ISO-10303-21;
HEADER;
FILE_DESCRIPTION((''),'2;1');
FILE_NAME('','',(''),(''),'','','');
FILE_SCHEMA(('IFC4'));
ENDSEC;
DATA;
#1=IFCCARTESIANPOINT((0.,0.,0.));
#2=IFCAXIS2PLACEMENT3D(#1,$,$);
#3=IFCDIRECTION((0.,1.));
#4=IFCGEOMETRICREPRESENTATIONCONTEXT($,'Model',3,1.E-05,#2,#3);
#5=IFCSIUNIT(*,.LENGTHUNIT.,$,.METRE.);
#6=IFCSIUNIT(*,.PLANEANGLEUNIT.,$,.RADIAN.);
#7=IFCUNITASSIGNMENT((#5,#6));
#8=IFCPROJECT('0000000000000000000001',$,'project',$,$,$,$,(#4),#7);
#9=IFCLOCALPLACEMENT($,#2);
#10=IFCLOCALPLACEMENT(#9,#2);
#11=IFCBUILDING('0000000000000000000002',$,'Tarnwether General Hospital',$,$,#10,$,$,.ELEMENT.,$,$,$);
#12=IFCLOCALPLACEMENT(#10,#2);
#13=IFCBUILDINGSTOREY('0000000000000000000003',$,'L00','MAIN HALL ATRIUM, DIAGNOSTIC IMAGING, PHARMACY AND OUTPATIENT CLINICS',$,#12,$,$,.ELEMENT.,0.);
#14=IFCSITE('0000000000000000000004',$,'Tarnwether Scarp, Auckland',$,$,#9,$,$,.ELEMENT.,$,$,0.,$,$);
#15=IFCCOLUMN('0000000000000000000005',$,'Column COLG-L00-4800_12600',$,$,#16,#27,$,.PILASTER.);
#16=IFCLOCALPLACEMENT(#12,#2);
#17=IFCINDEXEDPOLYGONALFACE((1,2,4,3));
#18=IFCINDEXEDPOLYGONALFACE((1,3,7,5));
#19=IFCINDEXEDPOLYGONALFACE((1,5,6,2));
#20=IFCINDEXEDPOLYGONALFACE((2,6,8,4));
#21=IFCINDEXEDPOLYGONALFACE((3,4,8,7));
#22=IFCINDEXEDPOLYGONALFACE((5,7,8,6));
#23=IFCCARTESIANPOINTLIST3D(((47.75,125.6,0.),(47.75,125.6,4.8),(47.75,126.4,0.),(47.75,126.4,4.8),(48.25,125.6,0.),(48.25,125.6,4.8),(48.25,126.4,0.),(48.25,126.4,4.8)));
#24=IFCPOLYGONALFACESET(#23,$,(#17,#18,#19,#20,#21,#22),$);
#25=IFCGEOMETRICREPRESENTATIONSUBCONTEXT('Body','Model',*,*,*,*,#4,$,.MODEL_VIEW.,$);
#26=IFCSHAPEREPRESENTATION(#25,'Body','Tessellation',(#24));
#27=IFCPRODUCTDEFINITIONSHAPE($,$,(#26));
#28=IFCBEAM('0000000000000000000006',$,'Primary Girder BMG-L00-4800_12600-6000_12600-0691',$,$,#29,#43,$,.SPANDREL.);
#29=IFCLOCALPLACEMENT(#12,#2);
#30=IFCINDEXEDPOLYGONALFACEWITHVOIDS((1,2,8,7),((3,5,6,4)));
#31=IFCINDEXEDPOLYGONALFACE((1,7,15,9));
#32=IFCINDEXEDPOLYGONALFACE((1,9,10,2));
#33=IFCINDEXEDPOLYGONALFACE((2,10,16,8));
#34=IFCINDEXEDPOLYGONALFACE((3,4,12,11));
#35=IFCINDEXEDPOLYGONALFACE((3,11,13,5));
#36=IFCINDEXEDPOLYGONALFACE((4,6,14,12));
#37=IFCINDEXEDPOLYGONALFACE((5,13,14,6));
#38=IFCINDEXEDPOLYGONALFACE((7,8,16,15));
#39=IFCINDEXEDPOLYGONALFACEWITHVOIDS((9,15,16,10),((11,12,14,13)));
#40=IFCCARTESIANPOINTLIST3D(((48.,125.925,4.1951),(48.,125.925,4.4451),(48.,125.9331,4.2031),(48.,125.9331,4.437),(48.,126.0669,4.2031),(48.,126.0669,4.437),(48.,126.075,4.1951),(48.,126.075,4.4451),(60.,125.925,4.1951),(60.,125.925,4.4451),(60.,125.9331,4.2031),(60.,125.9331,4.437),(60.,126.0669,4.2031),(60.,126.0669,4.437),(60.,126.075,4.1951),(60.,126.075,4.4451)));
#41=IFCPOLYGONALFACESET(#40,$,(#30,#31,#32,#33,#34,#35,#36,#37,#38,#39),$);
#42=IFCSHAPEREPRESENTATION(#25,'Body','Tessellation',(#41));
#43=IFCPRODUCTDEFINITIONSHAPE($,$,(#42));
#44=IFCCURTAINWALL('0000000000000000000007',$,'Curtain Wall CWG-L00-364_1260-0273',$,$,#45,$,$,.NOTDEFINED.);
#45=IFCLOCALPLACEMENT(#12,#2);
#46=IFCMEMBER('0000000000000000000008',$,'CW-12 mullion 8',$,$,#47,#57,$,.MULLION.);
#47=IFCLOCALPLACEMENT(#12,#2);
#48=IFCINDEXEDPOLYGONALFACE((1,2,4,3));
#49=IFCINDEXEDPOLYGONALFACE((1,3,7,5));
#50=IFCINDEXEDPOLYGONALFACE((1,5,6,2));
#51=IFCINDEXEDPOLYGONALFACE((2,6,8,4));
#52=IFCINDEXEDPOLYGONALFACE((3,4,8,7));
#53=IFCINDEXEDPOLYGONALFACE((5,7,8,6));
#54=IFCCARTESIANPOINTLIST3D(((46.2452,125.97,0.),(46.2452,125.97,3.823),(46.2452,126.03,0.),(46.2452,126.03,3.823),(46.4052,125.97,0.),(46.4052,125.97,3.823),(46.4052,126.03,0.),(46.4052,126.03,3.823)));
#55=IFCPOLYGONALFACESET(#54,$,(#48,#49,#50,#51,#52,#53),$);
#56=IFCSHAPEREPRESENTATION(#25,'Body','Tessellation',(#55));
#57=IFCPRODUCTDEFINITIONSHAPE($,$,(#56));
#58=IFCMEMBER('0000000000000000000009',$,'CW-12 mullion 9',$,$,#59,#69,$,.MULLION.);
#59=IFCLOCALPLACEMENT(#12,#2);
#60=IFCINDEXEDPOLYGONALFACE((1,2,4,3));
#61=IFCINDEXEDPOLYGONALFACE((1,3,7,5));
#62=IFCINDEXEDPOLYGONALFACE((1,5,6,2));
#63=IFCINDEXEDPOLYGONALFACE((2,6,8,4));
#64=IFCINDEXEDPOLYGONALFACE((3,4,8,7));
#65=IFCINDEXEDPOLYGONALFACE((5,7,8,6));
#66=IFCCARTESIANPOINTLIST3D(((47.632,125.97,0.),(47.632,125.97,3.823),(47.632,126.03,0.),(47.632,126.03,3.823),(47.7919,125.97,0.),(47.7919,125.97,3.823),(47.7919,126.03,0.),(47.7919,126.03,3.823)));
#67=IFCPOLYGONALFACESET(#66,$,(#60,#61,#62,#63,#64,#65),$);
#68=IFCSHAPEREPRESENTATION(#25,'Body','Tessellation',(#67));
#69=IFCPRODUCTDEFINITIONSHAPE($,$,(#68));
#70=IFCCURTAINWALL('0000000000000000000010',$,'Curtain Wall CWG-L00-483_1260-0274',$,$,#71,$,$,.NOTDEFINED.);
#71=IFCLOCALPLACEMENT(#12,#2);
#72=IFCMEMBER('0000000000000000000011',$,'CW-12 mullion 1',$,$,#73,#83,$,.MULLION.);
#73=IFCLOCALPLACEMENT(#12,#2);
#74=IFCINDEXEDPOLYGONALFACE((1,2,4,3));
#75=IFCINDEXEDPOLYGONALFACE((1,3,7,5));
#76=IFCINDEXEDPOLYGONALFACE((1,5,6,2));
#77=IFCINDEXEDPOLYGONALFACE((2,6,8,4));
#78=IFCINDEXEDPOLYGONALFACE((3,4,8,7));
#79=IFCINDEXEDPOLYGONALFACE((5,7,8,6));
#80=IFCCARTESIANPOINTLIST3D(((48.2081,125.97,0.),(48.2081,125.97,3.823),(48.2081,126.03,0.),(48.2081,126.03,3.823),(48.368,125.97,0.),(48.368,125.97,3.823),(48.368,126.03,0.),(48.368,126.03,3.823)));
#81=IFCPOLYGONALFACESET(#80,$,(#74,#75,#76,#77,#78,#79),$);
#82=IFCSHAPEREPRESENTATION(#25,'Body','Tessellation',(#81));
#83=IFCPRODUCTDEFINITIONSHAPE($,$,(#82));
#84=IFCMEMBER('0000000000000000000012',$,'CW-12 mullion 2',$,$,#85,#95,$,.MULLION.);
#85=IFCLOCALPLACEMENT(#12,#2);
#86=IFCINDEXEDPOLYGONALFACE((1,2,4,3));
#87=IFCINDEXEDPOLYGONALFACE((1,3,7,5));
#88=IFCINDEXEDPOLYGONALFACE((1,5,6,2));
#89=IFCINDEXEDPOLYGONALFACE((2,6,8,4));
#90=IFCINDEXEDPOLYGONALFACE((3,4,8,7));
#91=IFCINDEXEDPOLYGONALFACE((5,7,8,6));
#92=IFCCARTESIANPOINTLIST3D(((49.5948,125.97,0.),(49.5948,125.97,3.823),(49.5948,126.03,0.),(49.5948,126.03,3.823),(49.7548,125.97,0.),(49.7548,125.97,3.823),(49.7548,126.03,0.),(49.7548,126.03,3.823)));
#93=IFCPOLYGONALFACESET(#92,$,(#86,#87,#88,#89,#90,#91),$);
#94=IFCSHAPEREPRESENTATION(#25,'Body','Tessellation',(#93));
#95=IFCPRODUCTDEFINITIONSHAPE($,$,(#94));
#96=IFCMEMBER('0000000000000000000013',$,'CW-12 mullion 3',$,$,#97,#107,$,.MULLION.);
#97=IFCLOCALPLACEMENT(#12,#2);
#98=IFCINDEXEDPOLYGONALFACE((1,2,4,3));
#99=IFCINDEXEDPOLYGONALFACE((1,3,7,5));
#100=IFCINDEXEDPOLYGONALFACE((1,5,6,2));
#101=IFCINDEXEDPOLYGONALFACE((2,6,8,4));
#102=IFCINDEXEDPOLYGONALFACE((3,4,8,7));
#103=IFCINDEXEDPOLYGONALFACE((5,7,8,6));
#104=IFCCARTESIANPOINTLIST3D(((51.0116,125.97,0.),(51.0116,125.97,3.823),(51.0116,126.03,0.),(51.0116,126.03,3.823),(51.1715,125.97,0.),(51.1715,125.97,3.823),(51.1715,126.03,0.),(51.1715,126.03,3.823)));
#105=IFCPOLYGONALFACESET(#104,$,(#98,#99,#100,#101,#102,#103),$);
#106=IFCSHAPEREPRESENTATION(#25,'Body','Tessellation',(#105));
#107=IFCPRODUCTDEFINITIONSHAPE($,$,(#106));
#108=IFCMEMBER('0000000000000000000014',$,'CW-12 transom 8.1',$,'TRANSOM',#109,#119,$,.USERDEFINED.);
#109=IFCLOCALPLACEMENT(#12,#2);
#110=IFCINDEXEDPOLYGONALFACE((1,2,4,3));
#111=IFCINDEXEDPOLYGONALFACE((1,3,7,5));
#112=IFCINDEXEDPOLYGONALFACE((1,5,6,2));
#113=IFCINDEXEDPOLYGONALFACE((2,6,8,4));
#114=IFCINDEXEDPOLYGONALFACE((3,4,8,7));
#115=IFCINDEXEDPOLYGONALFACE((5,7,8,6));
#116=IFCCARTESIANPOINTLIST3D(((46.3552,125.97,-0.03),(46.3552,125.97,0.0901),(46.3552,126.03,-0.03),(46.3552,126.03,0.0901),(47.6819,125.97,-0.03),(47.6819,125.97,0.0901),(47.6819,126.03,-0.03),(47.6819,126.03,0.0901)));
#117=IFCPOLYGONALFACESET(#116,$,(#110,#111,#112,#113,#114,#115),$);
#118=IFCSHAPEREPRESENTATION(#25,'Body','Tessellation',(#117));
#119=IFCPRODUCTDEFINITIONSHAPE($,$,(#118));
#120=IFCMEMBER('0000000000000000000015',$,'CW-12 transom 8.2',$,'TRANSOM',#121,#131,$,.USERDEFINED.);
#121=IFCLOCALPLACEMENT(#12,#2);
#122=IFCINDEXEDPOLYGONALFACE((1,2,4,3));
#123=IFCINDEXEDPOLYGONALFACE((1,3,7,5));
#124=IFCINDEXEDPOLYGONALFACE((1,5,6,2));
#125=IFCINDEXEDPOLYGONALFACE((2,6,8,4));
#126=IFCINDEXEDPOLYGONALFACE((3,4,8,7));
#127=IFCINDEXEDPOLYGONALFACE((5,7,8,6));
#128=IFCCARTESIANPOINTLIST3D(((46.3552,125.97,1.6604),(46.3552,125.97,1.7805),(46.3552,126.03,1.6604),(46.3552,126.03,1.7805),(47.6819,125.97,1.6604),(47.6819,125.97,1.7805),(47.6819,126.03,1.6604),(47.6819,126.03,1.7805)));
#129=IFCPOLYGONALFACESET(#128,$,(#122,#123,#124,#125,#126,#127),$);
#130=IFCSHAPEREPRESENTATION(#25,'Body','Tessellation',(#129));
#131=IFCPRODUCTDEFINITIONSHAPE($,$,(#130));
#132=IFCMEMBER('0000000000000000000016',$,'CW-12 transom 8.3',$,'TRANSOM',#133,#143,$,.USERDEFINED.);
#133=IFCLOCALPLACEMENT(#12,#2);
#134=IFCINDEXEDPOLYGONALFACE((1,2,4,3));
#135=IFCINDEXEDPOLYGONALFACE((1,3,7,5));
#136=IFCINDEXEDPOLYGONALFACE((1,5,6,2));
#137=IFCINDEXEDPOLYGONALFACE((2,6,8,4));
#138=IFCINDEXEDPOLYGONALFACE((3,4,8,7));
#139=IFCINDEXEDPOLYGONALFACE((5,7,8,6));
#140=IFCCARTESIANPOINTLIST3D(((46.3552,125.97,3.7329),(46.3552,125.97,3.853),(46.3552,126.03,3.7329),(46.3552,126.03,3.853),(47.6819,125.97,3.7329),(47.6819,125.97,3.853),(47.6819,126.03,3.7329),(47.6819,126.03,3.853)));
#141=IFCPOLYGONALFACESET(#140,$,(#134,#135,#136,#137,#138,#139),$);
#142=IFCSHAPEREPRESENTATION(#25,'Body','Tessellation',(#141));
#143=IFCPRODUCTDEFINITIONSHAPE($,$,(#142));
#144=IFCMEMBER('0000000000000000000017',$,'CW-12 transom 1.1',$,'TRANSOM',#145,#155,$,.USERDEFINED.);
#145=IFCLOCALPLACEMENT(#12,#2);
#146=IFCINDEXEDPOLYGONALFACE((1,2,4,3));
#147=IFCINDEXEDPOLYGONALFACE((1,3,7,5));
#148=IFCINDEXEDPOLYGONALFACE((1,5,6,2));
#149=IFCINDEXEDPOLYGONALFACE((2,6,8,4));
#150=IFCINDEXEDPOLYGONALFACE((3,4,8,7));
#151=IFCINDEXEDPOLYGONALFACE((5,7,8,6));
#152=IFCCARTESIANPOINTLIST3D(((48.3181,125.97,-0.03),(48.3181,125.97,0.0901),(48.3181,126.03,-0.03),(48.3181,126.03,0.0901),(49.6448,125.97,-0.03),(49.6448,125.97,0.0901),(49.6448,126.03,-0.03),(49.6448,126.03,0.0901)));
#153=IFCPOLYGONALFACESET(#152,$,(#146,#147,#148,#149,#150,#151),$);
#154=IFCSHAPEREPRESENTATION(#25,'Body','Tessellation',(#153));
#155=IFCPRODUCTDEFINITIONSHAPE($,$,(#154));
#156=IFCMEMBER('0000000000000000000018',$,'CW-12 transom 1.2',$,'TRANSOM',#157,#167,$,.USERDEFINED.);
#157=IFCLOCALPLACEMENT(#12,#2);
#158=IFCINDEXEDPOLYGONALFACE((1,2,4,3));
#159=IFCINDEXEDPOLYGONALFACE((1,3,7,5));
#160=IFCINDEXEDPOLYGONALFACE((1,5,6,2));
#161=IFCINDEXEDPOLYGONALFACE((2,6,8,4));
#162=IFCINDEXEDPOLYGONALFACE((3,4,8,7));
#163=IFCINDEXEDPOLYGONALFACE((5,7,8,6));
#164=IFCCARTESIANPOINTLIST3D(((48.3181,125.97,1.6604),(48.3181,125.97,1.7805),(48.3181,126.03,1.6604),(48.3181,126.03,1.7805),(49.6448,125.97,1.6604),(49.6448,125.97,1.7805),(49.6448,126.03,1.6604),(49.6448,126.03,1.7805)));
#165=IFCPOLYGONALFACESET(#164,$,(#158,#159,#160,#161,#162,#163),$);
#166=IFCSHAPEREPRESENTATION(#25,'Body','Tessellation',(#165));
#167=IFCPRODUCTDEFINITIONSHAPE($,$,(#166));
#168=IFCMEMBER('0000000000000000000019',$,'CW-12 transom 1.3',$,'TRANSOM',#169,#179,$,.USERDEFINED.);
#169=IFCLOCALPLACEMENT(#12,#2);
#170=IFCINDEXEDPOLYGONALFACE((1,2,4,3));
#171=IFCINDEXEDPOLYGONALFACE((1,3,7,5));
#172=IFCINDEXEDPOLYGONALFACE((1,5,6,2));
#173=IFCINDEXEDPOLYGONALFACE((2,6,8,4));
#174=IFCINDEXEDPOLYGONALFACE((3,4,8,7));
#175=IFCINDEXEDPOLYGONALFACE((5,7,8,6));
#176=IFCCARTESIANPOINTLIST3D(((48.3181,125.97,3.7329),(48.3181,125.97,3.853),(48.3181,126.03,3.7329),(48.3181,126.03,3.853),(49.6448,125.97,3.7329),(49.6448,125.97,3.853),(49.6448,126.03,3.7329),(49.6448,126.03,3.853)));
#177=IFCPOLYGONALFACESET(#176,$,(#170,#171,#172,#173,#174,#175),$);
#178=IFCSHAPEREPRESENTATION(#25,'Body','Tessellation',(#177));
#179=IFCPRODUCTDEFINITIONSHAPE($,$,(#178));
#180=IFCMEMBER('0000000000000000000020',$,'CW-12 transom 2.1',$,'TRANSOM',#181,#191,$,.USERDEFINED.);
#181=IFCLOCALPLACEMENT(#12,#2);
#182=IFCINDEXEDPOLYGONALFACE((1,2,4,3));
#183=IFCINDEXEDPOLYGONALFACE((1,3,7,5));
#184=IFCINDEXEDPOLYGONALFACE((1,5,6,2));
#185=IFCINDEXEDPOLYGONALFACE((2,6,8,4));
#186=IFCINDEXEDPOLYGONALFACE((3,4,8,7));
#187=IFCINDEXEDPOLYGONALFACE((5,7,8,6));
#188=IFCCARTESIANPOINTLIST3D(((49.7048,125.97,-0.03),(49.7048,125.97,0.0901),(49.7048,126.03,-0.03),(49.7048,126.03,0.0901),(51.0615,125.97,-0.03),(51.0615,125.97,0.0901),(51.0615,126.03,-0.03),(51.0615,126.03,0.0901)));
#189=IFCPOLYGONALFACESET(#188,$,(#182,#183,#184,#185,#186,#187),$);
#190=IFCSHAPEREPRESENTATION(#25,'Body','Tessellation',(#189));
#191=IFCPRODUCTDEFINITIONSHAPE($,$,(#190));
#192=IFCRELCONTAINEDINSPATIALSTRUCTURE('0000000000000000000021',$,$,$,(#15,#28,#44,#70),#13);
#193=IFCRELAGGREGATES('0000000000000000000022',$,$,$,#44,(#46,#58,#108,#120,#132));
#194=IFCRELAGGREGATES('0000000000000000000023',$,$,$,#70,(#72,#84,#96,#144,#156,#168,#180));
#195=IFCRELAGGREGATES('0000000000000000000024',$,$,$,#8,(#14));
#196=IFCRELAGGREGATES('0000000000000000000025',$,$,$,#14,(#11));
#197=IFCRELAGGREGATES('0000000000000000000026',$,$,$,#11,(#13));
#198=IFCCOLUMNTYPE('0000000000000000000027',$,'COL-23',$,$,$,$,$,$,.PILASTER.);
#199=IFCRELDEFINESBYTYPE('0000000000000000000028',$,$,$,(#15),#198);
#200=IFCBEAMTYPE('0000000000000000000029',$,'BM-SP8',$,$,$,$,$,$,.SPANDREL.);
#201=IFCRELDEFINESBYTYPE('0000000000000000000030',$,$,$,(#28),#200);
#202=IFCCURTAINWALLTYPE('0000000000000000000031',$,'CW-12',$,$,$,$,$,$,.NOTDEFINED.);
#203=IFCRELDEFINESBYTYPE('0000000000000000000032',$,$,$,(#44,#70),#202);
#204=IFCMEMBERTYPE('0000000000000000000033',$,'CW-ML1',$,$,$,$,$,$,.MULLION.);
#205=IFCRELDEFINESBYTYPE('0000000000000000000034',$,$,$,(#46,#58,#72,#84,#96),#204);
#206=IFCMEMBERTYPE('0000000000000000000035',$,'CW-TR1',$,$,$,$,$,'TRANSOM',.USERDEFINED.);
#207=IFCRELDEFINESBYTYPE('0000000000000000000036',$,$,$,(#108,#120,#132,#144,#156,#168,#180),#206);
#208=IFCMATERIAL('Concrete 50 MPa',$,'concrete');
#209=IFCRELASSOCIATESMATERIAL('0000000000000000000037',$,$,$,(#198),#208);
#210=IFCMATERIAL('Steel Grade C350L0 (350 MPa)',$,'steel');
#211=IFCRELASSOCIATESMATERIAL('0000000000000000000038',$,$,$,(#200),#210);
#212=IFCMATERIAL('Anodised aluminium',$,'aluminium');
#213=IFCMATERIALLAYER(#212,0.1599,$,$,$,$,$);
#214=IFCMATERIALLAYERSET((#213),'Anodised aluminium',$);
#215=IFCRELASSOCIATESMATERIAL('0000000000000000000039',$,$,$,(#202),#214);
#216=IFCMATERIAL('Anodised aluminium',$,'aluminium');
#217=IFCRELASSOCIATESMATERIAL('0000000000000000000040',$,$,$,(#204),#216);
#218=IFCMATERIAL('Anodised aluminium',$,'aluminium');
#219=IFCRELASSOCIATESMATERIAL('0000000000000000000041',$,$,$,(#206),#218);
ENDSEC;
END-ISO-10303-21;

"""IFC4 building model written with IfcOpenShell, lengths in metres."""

from ifc_helpers import new_model, si_unit, direction, frame, origin, origin_2d, place, context, subcontext, project, spatial, rectangle, hollow_rectangle, extrude, material, layer, layer_set, material_profile, profile_set, type_object, element, aggregate, save


model = new_model("IFC4")

# Units and contexts
model_context = context("Model", 3, precision=1e-05, world=origin(), true_north=direction((0.0, 1.0)))
body_context = subcontext(model_context, "Body", "Model", "MODEL_VIEW")
ifc_project = project(units=[si_unit("LENGTHUNIT", "METRE"), si_unit("PLANEANGLEUNIT", "RADIAN")], contexts=[model_context])

# Site, building, storey
site_placement = place(None, origin())
site = spatial("IfcSite", under=ifc_project, at=site_placement, Name="Tarnwether Scarp, Auckland", CompositionType="ELEMENT", RefElevation=0.0)
building_placement = place(site_placement, origin())
building = spatial("IfcBuilding", under=site, at=building_placement, Name="Tarnwether General Hospital", CompositionType="ELEMENT")
storey_placement = place(building_placement, origin())
storey = spatial("IfcBuildingStorey", under=building, at=storey_placement, Name="L00", Description="MAIN HALL ATRIUM, DIAGNOSTIC IMAGING, PHARMACY AND OUTPATIENT CLINICS", CompositionType="ELEMENT", Elevation=0.0)

# Column
ifc_material_1 = material(Name="Concrete 50 MPa", Category="concrete")
ifc_material_profile_1 = material_profile(ifc_material_1, rectangle(XDim=0.5, YDim=0.8, at=origin_2d()), Name="RC-PIL-500x800")
ifc_profile_set_1 = profile_set([ifc_material_profile_1], Name="Concrete 50 MPa")
column_type = type_object("IfcColumnType", Name="COL-23", PredefinedType="PILASTER", material=ifc_profile_set_1)
column_placement = place(storey_placement, frame((48.0, 126.0, 0.0), z_axis=(0.0, 0.0, 1.0), x_axis=(1.0, 0.0, 0.0)))
element("IfcColumn", 1, at=column_placement, inside=storey, type_object=column_type, Name="Column COLG-L00-4800_12600", PredefinedType="PILASTER", context=body_context, shape_type="SweptSolid", body=[
    extrude(rectangle(XDim=0.5, YDim=0.8, at=origin_2d()), origin(), (0.0, 0.0, 1.0), 4.8),
])

# Beam
ifc_material_2 = material(Name="Steel Grade C350L0 (350 MPa)", Category="steel")
ifc_material_profile_2 = material_profile(ifc_material_2, hollow_rectangle(XDim=0.1499, YDim=0.25, WallThickness=0.0081, at=origin_2d()), Name="RHS250x150x8")
ifc_profile_set_2 = profile_set([ifc_material_profile_2], Name="Steel Grade C350L0 (350 MPa)")
beam_type = type_object("IfcBeamType", Name="BM-SP8", PredefinedType="SPANDREL", material=ifc_profile_set_2)
beam_placement = place(storey_placement, frame((48.0, 126.0, 4.3201), z_axis=(1.0, 0.0, 0.0), x_axis=(0.0, 1.0, 0.0)))
element("IfcBeam", 2, at=beam_placement, inside=storey, type_object=beam_type, Name="Primary Girder BMG-L00-4800_12600-6000_12600-0691", PredefinedType="SPANDREL", context=body_context, shape_type="SweptSolid", body=[
    extrude(hollow_rectangle(XDim=0.1499, YDim=0.25, WallThickness=0.0081, at=origin_2d()), origin(), (0.0, 0.0, 1.0), 12.0),
])

# Curtain walls, members
ifc_material_3 = material(Name="Anodised aluminium", Category="aluminium")
ifc_layer_1 = layer(ifc_material_3, 0.1599)
ifc_layer_set_1 = layer_set([ifc_layer_1], Name="Anodised aluminium")
curtain_wall_type = type_object("IfcCurtainWallType", Name="CW-12", PredefinedType="NOTDEFINED", material=ifc_layer_set_1)
curtain_wall_1_placement = place(storey_placement, origin())
curtain_wall_1 = element("IfcCurtainWall", 3, at=curtain_wall_1_placement, inside=storey, type_object=curtain_wall_type, Name="Curtain Wall CWG-L00-364_1260-0273", PredefinedType="NOTDEFINED")
ifc_material_4 = material(Name="Anodised aluminium", Category="aluminium")
ifc_material_profile_3 = material_profile(ifc_material_4, rectangle(XDim=0.0601, YDim=0.1599, at=origin_2d()), Name="ALU-MUL-60x160")
ifc_profile_set_3 = profile_set([ifc_material_profile_3], Name="Anodised aluminium")
member_type_1 = type_object("IfcMemberType", Name="CW-ML1", PredefinedType="MULLION", material=ifc_profile_set_3)
member_1_placement = place(storey_placement, frame((46.3252, 126.0, 0.0), z_axis=(0.0, 0.0, 1.0), x_axis=(0.0, 1.0, 0.0)))
member_1 = element("IfcMember", 4, at=member_1_placement, type_object=member_type_1, Name="CW-12 mullion 8", PredefinedType="MULLION", context=body_context, shape_type="SweptSolid", body=[
    extrude(rectangle(XDim=0.0601, YDim=0.1599, at=origin_2d()), origin(), (0.0, 0.0, 1.0), 3.823),
])
member_2_placement = place(storey_placement, frame((47.7119, 126.0, 0.0), z_axis=(0.0, 0.0, 1.0), x_axis=(0.0, 1.0, 0.0)))
member_2 = element("IfcMember", 5, at=member_2_placement, type_object=member_type_1, Name="CW-12 mullion 9", PredefinedType="MULLION", context=body_context, shape_type="SweptSolid", body=[
    extrude(rectangle(XDim=0.0601, YDim=0.1599, at=origin_2d()), origin(), (0.0, 0.0, 1.0), 3.823),
])
curtain_wall_2_placement = place(storey_placement, origin())
curtain_wall_2 = element("IfcCurtainWall", 6, at=curtain_wall_2_placement, inside=storey, type_object=curtain_wall_type, Name="Curtain Wall CWG-L00-483_1260-0274", PredefinedType="NOTDEFINED")
member_3_placement = place(storey_placement, frame((48.2881, 126.0, 0.0), z_axis=(0.0, 0.0, 1.0), x_axis=(0.0, 1.0, 0.0)))
member_3 = element("IfcMember", 7, at=member_3_placement, type_object=member_type_1, Name="CW-12 mullion 1", PredefinedType="MULLION", context=body_context, shape_type="SweptSolid", body=[
    extrude(rectangle(XDim=0.0601, YDim=0.1599, at=origin_2d()), origin(), (0.0, 0.0, 1.0), 3.823),
])
member_4_placement = place(storey_placement, frame((49.6748, 126.0, 0.0), z_axis=(0.0, 0.0, 1.0), x_axis=(0.0, 1.0, 0.0)))
member_4 = element("IfcMember", 8, at=member_4_placement, type_object=member_type_1, Name="CW-12 mullion 2", PredefinedType="MULLION", context=body_context, shape_type="SweptSolid", body=[
    extrude(rectangle(XDim=0.0601, YDim=0.1599, at=origin_2d()), origin(), (0.0, 0.0, 1.0), 3.823),
])
member_5_placement = place(storey_placement, frame((51.0916, 126.0, 0.0), z_axis=(0.0, 0.0, 1.0), x_axis=(0.0, 1.0, 0.0)))
member_5 = element("IfcMember", 9, at=member_5_placement, type_object=member_type_1, Name="CW-12 mullion 3", PredefinedType="MULLION", context=body_context, shape_type="SweptSolid", body=[
    extrude(rectangle(XDim=0.0601, YDim=0.1599, at=origin_2d()), origin(), (0.0, 0.0, 1.0), 3.823),
])

# Members
ifc_material_5 = material(Name="Anodised aluminium", Category="aluminium")
ifc_material_profile_4 = material_profile(ifc_material_5, rectangle(XDim=0.0601, YDim=0.1201, at=origin_2d()), Name="ALU-TRN-60x120")
ifc_profile_set_4 = profile_set([ifc_material_profile_4], Name="Anodised aluminium")
member_type_2 = type_object("IfcMemberType", Name="CW-TR1", ElementType="TRANSOM", PredefinedType="USERDEFINED", material=ifc_profile_set_4)
member_6_placement = place(storey_placement, frame((46.3552, 126.0, 0.03), z_axis=(1.0, 0.0, 0.0), x_axis=(0.0, 1.0, 0.0)))
member_6 = element("IfcMember", 10, at=member_6_placement, type_object=member_type_2, Name="CW-12 transom 8.1", ObjectType="TRANSOM", PredefinedType="USERDEFINED", context=body_context, shape_type="SweptSolid", body=[
    extrude(rectangle(XDim=0.0601, YDim=0.1201, at=origin_2d()), origin(), (0.0, 0.0, 1.0), 1.3267),
])
member_7_placement = place(storey_placement, frame((46.3552, 126.0, 1.7205), z_axis=(1.0, 0.0, 0.0), x_axis=(0.0, 1.0, 0.0)))
member_7 = element("IfcMember", 11, at=member_7_placement, type_object=member_type_2, Name="CW-12 transom 8.2", ObjectType="TRANSOM", PredefinedType="USERDEFINED", context=body_context, shape_type="SweptSolid", body=[
    extrude(rectangle(XDim=0.0601, YDim=0.1201, at=origin_2d()), origin(), (0.0, 0.0, 1.0), 1.3267),
])
member_8_placement = place(storey_placement, frame((46.3552, 126.0, 3.793), z_axis=(1.0, 0.0, 0.0), x_axis=(0.0, 1.0, 0.0)))
member_8 = element("IfcMember", 12, at=member_8_placement, type_object=member_type_2, Name="CW-12 transom 8.3", ObjectType="TRANSOM", PredefinedType="USERDEFINED", context=body_context, shape_type="SweptSolid", body=[
    extrude(rectangle(XDim=0.0601, YDim=0.1201, at=origin_2d()), origin(), (0.0, 0.0, 1.0), 1.3267),
])
member_9_placement = place(storey_placement, frame((48.3181, 126.0, 0.03), z_axis=(1.0, 0.0, 0.0), x_axis=(0.0, 1.0, 0.0)))
member_9 = element("IfcMember", 13, at=member_9_placement, type_object=member_type_2, Name="CW-12 transom 1.1", ObjectType="TRANSOM", PredefinedType="USERDEFINED", context=body_context, shape_type="SweptSolid", body=[
    extrude(rectangle(XDim=0.0601, YDim=0.1201, at=origin_2d()), origin(), (0.0, 0.0, 1.0), 1.3267),
])
member_10_placement = place(storey_placement, frame((48.3181, 126.0, 1.7205), z_axis=(1.0, 0.0, 0.0), x_axis=(0.0, 1.0, 0.0)))
member_10 = element("IfcMember", 14, at=member_10_placement, type_object=member_type_2, Name="CW-12 transom 1.2", ObjectType="TRANSOM", PredefinedType="USERDEFINED", context=body_context, shape_type="SweptSolid", body=[
    extrude(rectangle(XDim=0.0601, YDim=0.1201, at=origin_2d()), origin(), (0.0, 0.0, 1.0), 1.3267),
])
member_11_placement = place(storey_placement, frame((48.3181, 126.0, 3.793), z_axis=(1.0, 0.0, 0.0), x_axis=(0.0, 1.0, 0.0)))
member_11 = element("IfcMember", 15, at=member_11_placement, type_object=member_type_2, Name="CW-12 transom 1.3", ObjectType="TRANSOM", PredefinedType="USERDEFINED", context=body_context, shape_type="SweptSolid", body=[
    extrude(rectangle(XDim=0.0601, YDim=0.1201, at=origin_2d()), origin(), (0.0, 0.0, 1.0), 1.3267),
])
member_12_placement = place(storey_placement, frame((49.7048, 126.0, 0.03), z_axis=(1.0, 0.0, 0.0), x_axis=(0.0, 1.0, 0.0)))
member_12 = element("IfcMember", 16, at=member_12_placement, type_object=member_type_2, Name="CW-12 transom 2.1", ObjectType="TRANSOM", PredefinedType="USERDEFINED", context=body_context, shape_type="SweptSolid", body=[
    extrude(rectangle(XDim=0.0601, YDim=0.1201, at=origin_2d()), origin(), (0.0, 0.0, 1.0), 1.3567),
])

aggregate(curtain_wall_1, [member_1, member_2, member_6, member_7, member_8])
aggregate(curtain_wall_2, [member_3, member_4, member_5, member_9, member_10, member_11, member_12])

save(model, "model.ifc")
